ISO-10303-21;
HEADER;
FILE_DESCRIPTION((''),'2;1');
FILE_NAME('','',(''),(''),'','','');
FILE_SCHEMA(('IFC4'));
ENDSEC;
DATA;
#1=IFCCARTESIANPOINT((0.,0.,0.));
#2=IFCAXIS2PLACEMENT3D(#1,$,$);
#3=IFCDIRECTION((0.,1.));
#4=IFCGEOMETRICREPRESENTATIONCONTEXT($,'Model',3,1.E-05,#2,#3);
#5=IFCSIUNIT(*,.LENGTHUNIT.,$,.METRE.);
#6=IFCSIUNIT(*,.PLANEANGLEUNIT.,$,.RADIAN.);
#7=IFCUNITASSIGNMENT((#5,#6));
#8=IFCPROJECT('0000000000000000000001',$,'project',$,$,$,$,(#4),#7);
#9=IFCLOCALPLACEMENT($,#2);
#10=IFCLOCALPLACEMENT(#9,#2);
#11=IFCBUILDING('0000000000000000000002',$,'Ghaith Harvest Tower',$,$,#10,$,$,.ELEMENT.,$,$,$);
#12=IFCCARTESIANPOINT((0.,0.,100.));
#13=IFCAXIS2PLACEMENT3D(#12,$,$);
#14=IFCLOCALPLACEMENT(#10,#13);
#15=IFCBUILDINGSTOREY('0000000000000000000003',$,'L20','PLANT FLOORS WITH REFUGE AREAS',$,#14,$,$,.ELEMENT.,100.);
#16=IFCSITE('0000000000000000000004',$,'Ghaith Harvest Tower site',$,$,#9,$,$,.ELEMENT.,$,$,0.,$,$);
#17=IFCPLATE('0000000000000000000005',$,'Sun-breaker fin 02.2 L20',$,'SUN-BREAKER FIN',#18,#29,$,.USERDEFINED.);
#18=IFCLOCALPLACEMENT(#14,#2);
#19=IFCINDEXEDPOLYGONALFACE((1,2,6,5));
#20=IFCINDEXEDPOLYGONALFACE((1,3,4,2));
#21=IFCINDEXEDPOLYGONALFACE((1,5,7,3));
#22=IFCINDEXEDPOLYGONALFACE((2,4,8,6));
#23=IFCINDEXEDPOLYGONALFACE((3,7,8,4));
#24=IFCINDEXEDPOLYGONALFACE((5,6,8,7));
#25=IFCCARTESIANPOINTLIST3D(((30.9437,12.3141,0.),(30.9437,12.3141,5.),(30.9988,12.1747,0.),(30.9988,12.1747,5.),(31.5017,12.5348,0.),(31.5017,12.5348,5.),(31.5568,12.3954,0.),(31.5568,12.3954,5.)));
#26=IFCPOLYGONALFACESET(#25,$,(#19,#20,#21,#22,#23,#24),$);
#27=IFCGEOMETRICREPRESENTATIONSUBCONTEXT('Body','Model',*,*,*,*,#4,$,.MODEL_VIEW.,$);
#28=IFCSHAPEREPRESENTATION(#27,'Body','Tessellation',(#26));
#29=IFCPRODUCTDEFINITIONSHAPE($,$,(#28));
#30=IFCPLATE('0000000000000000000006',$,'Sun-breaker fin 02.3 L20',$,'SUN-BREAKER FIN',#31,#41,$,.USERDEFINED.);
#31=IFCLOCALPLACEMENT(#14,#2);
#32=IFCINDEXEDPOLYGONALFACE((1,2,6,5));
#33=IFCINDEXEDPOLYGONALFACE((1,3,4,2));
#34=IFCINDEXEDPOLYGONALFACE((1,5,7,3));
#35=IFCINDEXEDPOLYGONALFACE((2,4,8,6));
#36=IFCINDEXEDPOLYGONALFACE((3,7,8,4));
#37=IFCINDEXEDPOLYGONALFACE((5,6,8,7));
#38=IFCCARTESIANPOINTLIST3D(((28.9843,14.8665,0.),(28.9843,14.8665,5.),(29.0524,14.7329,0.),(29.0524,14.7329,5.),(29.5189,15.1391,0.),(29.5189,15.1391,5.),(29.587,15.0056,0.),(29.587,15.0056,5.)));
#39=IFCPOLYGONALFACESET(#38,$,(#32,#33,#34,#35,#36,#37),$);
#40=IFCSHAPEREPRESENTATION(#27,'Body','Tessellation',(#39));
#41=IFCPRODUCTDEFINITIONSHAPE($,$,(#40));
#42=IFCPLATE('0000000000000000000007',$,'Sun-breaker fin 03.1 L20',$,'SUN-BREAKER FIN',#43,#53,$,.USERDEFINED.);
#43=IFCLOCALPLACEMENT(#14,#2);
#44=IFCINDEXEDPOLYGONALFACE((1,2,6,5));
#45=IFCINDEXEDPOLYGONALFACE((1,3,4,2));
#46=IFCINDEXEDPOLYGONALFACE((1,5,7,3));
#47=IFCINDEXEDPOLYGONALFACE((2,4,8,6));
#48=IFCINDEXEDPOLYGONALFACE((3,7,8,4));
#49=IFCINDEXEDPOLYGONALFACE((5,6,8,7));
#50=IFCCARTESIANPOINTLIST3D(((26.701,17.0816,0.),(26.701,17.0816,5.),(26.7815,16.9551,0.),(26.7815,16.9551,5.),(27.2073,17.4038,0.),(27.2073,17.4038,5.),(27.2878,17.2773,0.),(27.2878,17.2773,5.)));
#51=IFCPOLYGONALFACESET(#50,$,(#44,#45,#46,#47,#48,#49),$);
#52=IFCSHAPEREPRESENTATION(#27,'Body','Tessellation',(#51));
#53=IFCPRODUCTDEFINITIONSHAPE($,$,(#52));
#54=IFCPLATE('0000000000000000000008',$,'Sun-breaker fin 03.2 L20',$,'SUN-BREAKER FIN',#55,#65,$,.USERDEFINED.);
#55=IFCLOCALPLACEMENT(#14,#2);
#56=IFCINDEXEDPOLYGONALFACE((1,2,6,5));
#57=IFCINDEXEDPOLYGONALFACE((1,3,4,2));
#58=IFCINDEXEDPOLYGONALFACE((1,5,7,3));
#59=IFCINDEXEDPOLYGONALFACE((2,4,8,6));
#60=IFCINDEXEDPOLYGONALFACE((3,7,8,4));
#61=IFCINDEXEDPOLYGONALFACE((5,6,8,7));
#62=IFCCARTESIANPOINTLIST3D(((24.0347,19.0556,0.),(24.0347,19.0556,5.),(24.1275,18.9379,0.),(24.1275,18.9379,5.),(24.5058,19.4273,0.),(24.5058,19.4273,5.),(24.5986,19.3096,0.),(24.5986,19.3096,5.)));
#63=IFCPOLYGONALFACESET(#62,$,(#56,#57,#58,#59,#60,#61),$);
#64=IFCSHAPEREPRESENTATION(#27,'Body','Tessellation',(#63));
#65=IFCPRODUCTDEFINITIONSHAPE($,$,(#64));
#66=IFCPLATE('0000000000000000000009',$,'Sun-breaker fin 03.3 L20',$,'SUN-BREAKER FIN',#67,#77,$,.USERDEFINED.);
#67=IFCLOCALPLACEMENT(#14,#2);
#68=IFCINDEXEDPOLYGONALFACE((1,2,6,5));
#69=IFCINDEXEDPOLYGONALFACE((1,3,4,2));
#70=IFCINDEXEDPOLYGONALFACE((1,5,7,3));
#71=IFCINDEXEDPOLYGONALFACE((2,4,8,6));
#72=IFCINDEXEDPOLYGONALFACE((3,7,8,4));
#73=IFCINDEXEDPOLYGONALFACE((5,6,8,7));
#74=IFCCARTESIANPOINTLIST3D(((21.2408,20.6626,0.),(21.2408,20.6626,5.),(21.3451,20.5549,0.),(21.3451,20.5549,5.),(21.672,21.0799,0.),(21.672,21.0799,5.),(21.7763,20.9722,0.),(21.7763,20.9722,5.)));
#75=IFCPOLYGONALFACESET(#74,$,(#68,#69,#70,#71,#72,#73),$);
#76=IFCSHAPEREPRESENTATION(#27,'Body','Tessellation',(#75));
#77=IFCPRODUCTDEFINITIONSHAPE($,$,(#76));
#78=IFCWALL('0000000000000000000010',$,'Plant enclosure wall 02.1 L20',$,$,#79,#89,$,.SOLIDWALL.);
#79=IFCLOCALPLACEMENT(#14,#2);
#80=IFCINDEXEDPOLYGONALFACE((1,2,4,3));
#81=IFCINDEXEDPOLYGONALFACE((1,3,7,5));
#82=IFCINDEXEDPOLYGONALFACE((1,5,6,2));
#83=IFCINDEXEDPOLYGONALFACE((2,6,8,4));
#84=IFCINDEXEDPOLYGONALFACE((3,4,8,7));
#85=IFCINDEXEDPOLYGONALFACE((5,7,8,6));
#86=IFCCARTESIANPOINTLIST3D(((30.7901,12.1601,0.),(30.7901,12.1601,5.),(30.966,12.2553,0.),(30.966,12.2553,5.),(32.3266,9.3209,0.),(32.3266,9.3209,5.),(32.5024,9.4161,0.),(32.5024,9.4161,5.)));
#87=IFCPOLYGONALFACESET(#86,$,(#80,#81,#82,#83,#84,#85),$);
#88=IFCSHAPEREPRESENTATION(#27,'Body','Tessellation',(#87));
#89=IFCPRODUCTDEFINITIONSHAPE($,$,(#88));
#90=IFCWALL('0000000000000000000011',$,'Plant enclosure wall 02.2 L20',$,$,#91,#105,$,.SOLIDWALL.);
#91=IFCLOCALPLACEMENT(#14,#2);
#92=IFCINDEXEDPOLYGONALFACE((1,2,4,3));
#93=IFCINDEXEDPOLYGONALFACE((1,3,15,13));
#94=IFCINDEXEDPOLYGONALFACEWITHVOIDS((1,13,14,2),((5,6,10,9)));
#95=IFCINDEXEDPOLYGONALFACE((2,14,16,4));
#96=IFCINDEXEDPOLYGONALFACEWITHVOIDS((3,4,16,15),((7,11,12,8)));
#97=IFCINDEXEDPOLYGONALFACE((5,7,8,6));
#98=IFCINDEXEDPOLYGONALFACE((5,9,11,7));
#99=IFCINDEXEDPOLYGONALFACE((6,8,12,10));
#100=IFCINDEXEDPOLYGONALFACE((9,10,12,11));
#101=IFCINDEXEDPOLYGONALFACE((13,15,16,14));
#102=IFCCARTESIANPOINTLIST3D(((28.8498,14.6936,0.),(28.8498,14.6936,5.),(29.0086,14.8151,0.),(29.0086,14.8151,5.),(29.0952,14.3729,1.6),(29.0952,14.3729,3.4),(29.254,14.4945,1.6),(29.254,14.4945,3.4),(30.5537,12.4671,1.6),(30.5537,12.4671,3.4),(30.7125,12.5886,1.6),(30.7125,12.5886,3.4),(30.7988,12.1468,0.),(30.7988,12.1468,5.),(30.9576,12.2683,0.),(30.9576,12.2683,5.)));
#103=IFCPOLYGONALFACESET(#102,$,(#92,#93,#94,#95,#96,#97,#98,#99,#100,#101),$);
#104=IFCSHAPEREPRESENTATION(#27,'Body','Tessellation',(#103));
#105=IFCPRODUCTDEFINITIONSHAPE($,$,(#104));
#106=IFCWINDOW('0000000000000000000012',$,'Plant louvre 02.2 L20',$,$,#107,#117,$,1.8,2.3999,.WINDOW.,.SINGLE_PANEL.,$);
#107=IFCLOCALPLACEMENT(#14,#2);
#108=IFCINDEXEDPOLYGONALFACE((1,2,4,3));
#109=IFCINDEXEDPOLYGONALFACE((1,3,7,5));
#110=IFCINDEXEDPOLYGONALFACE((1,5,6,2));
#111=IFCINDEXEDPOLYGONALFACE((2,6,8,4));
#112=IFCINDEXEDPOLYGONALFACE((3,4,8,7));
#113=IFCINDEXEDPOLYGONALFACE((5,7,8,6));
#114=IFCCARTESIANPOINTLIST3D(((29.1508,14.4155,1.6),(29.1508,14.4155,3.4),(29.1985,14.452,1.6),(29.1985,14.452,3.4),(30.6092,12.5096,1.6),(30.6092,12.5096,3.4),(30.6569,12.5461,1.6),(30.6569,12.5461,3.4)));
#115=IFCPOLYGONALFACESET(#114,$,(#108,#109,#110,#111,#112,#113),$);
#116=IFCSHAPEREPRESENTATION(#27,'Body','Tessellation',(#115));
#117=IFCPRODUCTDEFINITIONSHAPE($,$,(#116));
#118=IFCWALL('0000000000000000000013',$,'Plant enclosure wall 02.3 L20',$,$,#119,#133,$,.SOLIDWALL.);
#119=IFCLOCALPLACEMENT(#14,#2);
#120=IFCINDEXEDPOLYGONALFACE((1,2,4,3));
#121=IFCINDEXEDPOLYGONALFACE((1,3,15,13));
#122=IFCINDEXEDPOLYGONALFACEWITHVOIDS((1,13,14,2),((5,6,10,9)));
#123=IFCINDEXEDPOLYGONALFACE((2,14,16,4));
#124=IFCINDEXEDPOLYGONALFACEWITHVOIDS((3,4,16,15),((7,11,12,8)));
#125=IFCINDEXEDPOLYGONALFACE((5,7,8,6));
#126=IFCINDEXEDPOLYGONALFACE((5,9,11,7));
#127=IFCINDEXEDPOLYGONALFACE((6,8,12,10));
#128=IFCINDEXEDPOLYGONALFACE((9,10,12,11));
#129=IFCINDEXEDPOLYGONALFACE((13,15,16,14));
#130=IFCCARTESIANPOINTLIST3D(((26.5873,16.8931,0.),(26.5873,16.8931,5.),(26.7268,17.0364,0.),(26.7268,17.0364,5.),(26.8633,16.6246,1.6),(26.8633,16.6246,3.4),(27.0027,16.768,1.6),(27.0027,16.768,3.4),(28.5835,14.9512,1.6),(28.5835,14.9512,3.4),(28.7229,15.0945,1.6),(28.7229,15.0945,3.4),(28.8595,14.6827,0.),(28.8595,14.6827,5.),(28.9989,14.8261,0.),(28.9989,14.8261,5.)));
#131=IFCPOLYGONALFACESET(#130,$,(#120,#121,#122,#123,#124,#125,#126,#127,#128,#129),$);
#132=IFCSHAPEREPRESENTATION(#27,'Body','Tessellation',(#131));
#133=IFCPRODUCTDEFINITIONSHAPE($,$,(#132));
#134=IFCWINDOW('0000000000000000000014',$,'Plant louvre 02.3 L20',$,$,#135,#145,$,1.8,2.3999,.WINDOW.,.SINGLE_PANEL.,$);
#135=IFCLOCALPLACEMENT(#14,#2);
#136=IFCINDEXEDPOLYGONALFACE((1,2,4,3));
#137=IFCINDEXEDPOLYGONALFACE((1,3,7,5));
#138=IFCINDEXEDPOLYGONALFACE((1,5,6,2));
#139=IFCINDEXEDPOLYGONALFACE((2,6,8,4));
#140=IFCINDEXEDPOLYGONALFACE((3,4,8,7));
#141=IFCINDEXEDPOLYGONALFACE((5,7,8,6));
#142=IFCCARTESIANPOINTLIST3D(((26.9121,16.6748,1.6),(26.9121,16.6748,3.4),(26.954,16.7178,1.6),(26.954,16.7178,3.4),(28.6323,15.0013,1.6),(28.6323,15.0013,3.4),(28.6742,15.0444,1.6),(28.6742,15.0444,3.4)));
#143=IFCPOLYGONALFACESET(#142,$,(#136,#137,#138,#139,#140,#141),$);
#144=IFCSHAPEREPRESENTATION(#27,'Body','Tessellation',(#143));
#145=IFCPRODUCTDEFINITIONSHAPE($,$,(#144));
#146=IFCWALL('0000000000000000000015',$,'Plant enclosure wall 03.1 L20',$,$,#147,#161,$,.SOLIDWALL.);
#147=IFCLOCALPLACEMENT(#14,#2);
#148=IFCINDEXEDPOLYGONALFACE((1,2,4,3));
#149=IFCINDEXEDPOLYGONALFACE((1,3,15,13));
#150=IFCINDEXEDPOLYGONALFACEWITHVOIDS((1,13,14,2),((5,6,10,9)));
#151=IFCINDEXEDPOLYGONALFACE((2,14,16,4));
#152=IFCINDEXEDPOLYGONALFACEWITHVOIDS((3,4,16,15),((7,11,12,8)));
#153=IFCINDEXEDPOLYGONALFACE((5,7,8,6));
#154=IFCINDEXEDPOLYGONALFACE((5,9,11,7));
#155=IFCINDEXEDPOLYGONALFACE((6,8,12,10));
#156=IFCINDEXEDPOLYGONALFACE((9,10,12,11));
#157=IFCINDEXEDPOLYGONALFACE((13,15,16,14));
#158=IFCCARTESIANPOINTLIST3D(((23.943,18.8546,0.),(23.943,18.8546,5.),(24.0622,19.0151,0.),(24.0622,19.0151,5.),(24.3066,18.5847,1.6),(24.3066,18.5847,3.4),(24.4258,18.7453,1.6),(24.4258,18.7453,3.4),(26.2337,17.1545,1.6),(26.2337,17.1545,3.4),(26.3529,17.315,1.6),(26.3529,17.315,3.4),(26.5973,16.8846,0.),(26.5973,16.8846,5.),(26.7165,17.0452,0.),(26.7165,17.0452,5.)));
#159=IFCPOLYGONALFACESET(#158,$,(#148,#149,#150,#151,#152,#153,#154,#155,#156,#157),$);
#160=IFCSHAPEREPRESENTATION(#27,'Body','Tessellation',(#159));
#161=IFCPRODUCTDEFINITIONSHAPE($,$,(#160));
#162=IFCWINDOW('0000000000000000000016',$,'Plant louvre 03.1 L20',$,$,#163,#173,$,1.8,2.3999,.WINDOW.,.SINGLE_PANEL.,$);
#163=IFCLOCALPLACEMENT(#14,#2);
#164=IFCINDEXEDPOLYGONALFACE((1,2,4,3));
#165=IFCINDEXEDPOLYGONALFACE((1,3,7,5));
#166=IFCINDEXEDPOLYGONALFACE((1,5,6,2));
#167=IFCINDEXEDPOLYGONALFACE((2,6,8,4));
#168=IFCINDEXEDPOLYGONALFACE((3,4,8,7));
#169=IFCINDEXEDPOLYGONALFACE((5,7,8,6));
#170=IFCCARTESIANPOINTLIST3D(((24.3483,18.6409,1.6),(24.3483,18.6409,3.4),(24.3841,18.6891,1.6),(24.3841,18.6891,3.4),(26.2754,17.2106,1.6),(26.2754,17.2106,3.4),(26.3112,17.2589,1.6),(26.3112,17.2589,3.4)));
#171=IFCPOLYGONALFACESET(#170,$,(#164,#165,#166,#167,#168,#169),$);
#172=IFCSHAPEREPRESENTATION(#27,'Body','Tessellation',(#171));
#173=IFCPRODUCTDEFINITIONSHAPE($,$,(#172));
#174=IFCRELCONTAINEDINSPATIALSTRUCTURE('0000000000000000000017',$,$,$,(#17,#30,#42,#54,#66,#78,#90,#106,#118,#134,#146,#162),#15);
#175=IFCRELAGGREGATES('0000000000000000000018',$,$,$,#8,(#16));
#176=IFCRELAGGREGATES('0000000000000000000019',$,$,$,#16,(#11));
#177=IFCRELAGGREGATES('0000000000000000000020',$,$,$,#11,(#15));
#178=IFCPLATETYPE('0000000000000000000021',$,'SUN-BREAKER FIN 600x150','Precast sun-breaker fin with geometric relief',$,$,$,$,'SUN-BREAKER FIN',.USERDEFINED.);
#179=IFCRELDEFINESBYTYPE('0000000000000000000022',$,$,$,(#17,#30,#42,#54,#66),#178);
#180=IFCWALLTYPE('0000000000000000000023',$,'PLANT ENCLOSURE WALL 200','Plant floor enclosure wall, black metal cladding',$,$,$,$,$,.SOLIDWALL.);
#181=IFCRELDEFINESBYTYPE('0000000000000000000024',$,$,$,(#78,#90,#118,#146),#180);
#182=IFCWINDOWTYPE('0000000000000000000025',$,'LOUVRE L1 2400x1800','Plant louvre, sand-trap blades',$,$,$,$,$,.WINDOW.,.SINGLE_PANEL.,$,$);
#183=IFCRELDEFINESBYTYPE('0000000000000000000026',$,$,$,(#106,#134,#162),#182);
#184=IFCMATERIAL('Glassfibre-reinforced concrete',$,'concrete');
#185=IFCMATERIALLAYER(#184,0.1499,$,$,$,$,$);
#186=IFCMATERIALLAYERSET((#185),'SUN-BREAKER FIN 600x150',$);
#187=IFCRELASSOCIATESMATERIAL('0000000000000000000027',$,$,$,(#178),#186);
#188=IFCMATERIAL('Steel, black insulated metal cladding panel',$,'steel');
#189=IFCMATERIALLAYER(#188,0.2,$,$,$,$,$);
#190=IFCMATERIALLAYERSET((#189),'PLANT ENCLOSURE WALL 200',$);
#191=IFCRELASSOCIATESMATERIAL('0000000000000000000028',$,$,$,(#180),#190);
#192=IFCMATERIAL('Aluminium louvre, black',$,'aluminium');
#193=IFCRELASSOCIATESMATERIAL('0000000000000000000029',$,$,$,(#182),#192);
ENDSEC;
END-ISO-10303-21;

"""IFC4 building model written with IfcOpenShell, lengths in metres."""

from ifc_helpers import new_model, si_unit, direction, frame, frame_2d, origin, origin_2d, place, context, subcontext, project, spatial, rectangle, extrude, material, layer, layer_set, type_object, element, fill, save


model = new_model("IFC4")

# Units and contexts
model_context = context("Model", 3, precision=1e-05, world=origin(), true_north=direction((0.0, 1.0)))
body_context = subcontext(model_context, "Body", "Model", "MODEL_VIEW")
ifc_project = project(units=[si_unit("LENGTHUNIT", "METRE"), si_unit("PLANEANGLEUNIT", "RADIAN")], contexts=[model_context])

# Site, building, storey
site_placement = place(None, origin())
site = spatial("IfcSite", under=ifc_project, at=site_placement, Name="Ghaith Harvest Tower site", CompositionType="ELEMENT", RefElevation=0.0)
building_placement = place(site_placement, origin())
building = spatial("IfcBuilding", under=site, at=building_placement, Name="Ghaith Harvest Tower", CompositionType="ELEMENT")
storey_placement = place(building_placement, frame((0.0, 0.0, 100.0)))
storey = spatial("IfcBuildingStorey", under=building, at=storey_placement, Name="L20", Description="PLANT FLOORS WITH REFUGE AREAS", CompositionType="ELEMENT", Elevation=100.0)

# Plates
ifc_material_1 = material(Name="Glassfibre-reinforced concrete", Category="concrete")
ifc_layer_1 = layer(ifc_material_1, 0.1499)
ifc_layer_set_1 = layer_set([ifc_layer_1], Name="SUN-BREAKER FIN 600x150")
plate_type = type_object("IfcPlateType", Name="SUN-BREAKER FIN 600x150", Description="Precast sun-breaker fin with geometric relief", ElementType="SUN-BREAKER FIN", PredefinedType="USERDEFINED", material=ifc_layer_set_1)
for number, where, z_axis, x_axis, name in (
    (1, (31.2502, 12.3547, 0.0), (0.0, 0.0, 1.0), (0.929961, 0.367659, 0.0), "Sun-breaker fin 02.2 L20"),
    (2, (29.2856, 14.936, 0.0), (0.0, 0.0, 1.0), (0.890831, 0.454335, 0.0), "Sun-breaker fin 02.3 L20"),
    (3, (26.9944, 17.1794, 0.0), (0.0, 0.0, 1.0), (0.843644, 0.536903, 0.0), "Sun-breaker fin 03.1 L20"),
    (4, (24.3167, 19.1826, 0.0), (0.0, 0.0, 1.0), (0.785115, 0.61935, 0.0), "Sun-breaker fin 03.2 L20"),
    (5, (21.5085, 20.8174, 0.0), (0.0, 0.0, 1.0), (0.718559, 0.695466, 0.0), "Sun-breaker fin 03.3 L20"),
):
    element("IfcPlate", number, at=place(storey_placement, frame(where, z_axis=z_axis, x_axis=x_axis)), inside=storey, type_object=plate_type, Name=name, ObjectType="SUN-BREAKER FIN", PredefinedType="USERDEFINED", context=body_context, shape_type="SweptSolid", body=[
        extrude(rectangle(XDim=0.6001, YDim=0.1499, at=origin_2d()), origin(), (0.0, 0.0, 1.0), 5.0),
    ])

# Wall
ifc_material_2 = material(Name="Steel, black insulated metal cladding panel", Category="steel")
ifc_layer_2 = layer(ifc_material_2, 0.2)
ifc_layer_set_2 = layer_set([ifc_layer_2], Name="PLANT ENCLOSURE WALL 200")
wall_type = type_object("IfcWallType", Name="PLANT ENCLOSURE WALL 200", Description="Plant floor enclosure wall, black metal cladding", PredefinedType="SOLIDWALL", material=ifc_layer_set_2)
wall_1_placement = place(storey_placement, frame((32.4146, 9.3684, 0.0), z_axis=(0.0, 0.0, 1.0), x_axis=(-0.47593, 0.879483, 0.0)))
element("IfcWall", 6, at=wall_1_placement, inside=storey, type_object=wall_type, Name="Plant enclosure wall 02.1 L20", PredefinedType="SOLIDWALL", context=body_context, shape_type="SweptSolid", body=[
    extrude(rectangle(XDim=3.2283, YDim=0.2, at=frame_2d((1.6143, 0.0))), origin(), (0.0, 0.0, 1.0), 5.0),
])

# Walls, openings, windows
wall_2_placement = place(storey_placement, frame((30.8782, 12.2075, 0.0), z_axis=(0.0, 0.0, 1.0), x_axis=(-0.607719, 0.794153, 0.0)))
wall_2 = element("IfcWall", 7, at=wall_2_placement, inside=storey, type_object=wall_type, Name="Plant enclosure wall 02.2 L20", PredefinedType="SOLIDWALL", context=body_context, shape_type="SweptSolid", body=[
    extrude(rectangle(XDim=3.207, YDim=0.2, at=frame_2d((1.6035, 0.0))), origin(), (0.0, 0.0, 1.0), 5.0),
])
opening_1_placement = place(wall_2_placement, frame((0.4033, 0.0, 1.6001)))
opening_1 = element("IfcOpeningElement", 8, at=opening_1_placement, cuts=wall_2, PredefinedType="OPENING", context=body_context, shape_type="SweptSolid", body=[
    extrude(rectangle(XDim=2.3999, YDim=1.8, at=frame_2d((1.2, 0.8999))), frame((0.0, 0.1099, 0.0), z_axis=(0.0, -1.0, 0.0), x_axis=(1.0, 0.0, 0.0)), (0.0, 0.0, 1.0), 0.22),
])
ifc_material_3 = material(Name="Aluminium louvre, black", Category="aluminium")
window_type = type_object("IfcWindowType", Name="LOUVRE L1 2400x1800", Description="Plant louvre, sand-trap blades", PartitioningType="SINGLE_PANEL", PredefinedType="WINDOW", material=ifc_material_3)
window_1_placement = place(opening_1_placement, origin())
window_1 = element("IfcWindow", 9, at=window_1_placement, inside=storey, type_object=window_type, Name="Plant louvre 02.2 L20", OverallHeight=1.8, OverallWidth=2.3999, PartitioningType="SINGLE_PANEL", PredefinedType="WINDOW", context=body_context, shape_type="SweptSolid", body=[
    extrude(rectangle(XDim=2.3999, YDim=1.8, at=frame_2d((1.2, 0.8999))), frame((0.0, 0.03, 0.0), z_axis=(0.0, -1.0, 0.0), x_axis=(1.0, 0.0, 0.0)), (0.0, 0.0, 1.0), 0.0601),
])
fill(opening_1, window_1)
wall_3_placement = place(storey_placement, frame((28.9292, 14.7544, 0.0), z_axis=(0.0, 0.0, 1.0), x_axis=(-0.716782, 0.697297, 0.0)))
wall_3 = element("IfcWall", 10, at=wall_3_placement, inside=storey, type_object=wall_type, Name="Plant enclosure wall 02.3 L20", PredefinedType="SOLIDWALL", context=body_context, shape_type="SweptSolid", body=[
    extrude(rectangle(XDim=3.1699, YDim=0.2, at=frame_2d((1.585, 0.0))), origin(), (0.0, 0.0, 1.0), 5.0),
])
opening_2_placement = place(wall_3_placement, frame((0.385, 0.0, 1.6001)))
opening_2 = element("IfcOpeningElement", 11, at=opening_2_placement, cuts=wall_3, PredefinedType="OPENING", context=body_context, shape_type="SweptSolid", body=[
    extrude(rectangle(XDim=2.3999, YDim=1.8, at=frame_2d((1.2, 0.8999))), frame((0.0, 0.1099, 0.0), z_axis=(0.0, -1.0, 0.0), x_axis=(1.0, 0.0, 0.0)), (0.0, 0.0, 1.0), 0.22),
])
window_2_placement = place(opening_2_placement, origin())
window_2 = element("IfcWindow", 12, at=window_2_placement, inside=storey, type_object=window_type, Name="Plant louvre 02.3 L20", OverallHeight=1.8, OverallWidth=2.3999, PartitioningType="SINGLE_PANEL", PredefinedType="WINDOW", context=body_context, shape_type="SweptSolid", body=[
    extrude(rectangle(XDim=2.3999, YDim=1.8, at=frame_2d((1.2, 0.8999))), frame((0.0, 0.03, 0.0), z_axis=(0.0, -1.0, 0.0), x_axis=(1.0, 0.0, 0.0)), (0.0, 0.0, 1.0), 0.0601),
])
fill(opening_2, window_2)
wall_4_placement = place(storey_placement, frame((26.657, 16.9648, 0.0), z_axis=(0.0, 0.0, 1.0), x_axis=(-0.803003, 0.595974, 0.0)))
wall_4 = element("IfcWall", 13, at=wall_4_placement, inside=storey, type_object=wall_type, Name="Plant enclosure wall 03.1 L20", PredefinedType="SOLIDWALL", context=body_context, shape_type="SweptSolid", body=[
    extrude(rectangle(XDim=3.3054, YDim=0.2, at=frame_2d((1.6528, 0.0))), origin(), (0.0, 0.0, 1.0), 5.0),
])
opening_3_placement = place(wall_4_placement, frame((0.4529, 0.0, 1.6001)))
opening_3 = element("IfcOpeningElement", 14, at=opening_3_placement, cuts=wall_4, PredefinedType="OPENING", context=body_context, shape_type="SweptSolid", body=[
    extrude(rectangle(XDim=2.3999, YDim=1.8, at=frame_2d((1.2, 0.8999))), frame((0.0, 0.1099, 0.0), z_axis=(0.0, -1.0, 0.0), x_axis=(1.0, 0.0, 0.0)), (0.0, 0.0, 1.0), 0.22),
])
window_3_placement = place(opening_3_placement, origin())
window_3 = element("IfcWindow", 15, at=window_3_placement, inside=storey, type_object=window_type, Name="Plant louvre 03.1 L20", OverallHeight=1.8, OverallWidth=2.3999, PartitioningType="SINGLE_PANEL", PredefinedType="WINDOW", context=body_context, shape_type="SweptSolid", body=[
    extrude(rectangle(XDim=2.3999, YDim=1.8, at=frame_2d((1.2, 0.8999))), frame((0.0, 0.03, 0.0), z_axis=(0.0, -1.0, 0.0), x_axis=(1.0, 0.0, 0.0)), (0.0, 0.0, 1.0), 0.0601),
])
fill(opening_3, window_3)

save(model, "model.ifc")
